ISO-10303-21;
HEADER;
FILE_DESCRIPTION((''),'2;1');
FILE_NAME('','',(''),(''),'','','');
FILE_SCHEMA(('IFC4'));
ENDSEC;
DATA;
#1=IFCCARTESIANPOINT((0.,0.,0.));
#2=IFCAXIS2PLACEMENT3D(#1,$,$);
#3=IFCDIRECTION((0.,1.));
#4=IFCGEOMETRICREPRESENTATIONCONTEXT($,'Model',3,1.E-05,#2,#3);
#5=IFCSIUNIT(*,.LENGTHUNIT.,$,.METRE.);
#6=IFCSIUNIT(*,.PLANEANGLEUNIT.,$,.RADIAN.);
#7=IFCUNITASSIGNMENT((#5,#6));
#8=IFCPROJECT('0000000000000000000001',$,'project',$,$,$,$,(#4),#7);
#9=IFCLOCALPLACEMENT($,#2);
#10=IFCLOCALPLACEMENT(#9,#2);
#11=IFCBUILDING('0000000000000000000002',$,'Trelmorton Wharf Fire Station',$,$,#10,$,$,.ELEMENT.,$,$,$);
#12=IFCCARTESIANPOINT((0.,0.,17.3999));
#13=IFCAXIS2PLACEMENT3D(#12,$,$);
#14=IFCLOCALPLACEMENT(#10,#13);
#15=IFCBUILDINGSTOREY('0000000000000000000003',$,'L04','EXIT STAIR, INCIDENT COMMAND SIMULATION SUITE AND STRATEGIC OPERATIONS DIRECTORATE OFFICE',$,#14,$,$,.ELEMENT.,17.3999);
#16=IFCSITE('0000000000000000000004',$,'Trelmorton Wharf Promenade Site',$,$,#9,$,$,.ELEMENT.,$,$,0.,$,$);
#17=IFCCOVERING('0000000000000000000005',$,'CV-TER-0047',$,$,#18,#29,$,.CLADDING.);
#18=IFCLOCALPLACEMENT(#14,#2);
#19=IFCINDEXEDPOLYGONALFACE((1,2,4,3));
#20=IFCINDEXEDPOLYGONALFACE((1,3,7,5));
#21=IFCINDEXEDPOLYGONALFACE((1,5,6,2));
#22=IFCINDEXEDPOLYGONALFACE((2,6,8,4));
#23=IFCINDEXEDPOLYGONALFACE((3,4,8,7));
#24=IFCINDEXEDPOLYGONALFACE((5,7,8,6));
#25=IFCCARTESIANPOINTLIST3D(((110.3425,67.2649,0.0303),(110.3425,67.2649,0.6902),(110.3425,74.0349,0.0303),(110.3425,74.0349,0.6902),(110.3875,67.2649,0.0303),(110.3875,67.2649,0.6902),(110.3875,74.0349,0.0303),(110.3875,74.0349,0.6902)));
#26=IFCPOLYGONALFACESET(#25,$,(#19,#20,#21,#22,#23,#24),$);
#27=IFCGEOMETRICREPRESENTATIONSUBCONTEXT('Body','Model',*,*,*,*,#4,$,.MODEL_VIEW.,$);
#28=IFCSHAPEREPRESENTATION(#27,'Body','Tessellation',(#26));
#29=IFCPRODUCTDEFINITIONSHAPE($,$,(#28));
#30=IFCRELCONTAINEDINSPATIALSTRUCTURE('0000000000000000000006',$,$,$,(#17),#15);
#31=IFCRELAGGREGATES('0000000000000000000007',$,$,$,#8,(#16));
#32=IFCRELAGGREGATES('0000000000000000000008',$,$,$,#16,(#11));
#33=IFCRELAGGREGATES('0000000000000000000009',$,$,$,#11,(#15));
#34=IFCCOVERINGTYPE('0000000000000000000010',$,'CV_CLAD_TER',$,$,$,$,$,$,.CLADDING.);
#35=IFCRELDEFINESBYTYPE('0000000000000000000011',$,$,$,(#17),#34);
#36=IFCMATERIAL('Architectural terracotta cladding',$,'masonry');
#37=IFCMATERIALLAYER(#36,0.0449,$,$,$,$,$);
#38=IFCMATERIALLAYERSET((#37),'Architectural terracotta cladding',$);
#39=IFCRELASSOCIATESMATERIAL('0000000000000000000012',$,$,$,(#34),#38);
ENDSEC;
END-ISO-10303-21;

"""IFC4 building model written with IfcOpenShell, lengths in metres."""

from ifc_helpers import new_model, si_unit, direction, frame, origin, origin_2d, place, context, subcontext, project, spatial, rectangle, extrude, material, layer, layer_set, type_object, element, save


model = new_model("IFC4")

# Units and contexts
model_context = context("Model", 3, precision=1e-05, world=origin(), true_north=direction((0.0, 1.0)))
body_context = subcontext(model_context, "Body", "Model", "MODEL_VIEW")
ifc_project = project(units=[si_unit("LENGTHUNIT", "METRE"), si_unit("PLANEANGLEUNIT", "RADIAN")], contexts=[model_context])

# Site, building, storey
site_placement = place(None, origin())
site = spatial("IfcSite", under=ifc_project, at=site_placement, Name="Trelmorton Wharf Promenade Site", CompositionType="ELEMENT", RefElevation=0.0)
building_placement = place(site_placement, origin())
building = spatial("IfcBuilding", under=site, at=building_placement, Name="Trelmorton Wharf Fire Station", CompositionType="ELEMENT")
storey_placement = place(building_placement, frame((0.0, 0.0, 17.3999)))
storey = spatial("IfcBuildingStorey", under=building, at=storey_placement, Name="L04", Description="EXIT STAIR, INCIDENT COMMAND SIMULATION SUITE AND STRATEGIC OPERATIONS DIRECTORATE OFFICE", CompositionType="ELEMENT", Elevation=17.3999)

# Covering
ifc_material_1 = material(Name="Architectural terracotta cladding", Category="masonry")
ifc_layer_1 = layer(ifc_material_1, 0.0449)
ifc_layer_set_1 = layer_set([ifc_layer_1], Name="Architectural terracotta cladding")
covering_type = type_object("IfcCoveringType", Name="CV_CLAD_TER", PredefinedType="CLADDING", material=ifc_layer_set_1)
covering_placement = place(storey_placement, frame((110.365, 70.6499, 0.0303), z_axis=(0.0, 0.0, 1.0), x_axis=(0.0, 1.0, 0.0)))
element("IfcCovering", 1, at=covering_placement, inside=storey, type_object=covering_type, Name="CV-TER-0047", PredefinedType="CLADDING", context=body_context, shape_type="SweptSolid", body=[
    extrude(rectangle(XDim=6.77, YDim=0.0449, at=origin_2d()), origin(), (0.0, 0.0, 1.0), 0.6599),
])

save(model, "model.ifc")
